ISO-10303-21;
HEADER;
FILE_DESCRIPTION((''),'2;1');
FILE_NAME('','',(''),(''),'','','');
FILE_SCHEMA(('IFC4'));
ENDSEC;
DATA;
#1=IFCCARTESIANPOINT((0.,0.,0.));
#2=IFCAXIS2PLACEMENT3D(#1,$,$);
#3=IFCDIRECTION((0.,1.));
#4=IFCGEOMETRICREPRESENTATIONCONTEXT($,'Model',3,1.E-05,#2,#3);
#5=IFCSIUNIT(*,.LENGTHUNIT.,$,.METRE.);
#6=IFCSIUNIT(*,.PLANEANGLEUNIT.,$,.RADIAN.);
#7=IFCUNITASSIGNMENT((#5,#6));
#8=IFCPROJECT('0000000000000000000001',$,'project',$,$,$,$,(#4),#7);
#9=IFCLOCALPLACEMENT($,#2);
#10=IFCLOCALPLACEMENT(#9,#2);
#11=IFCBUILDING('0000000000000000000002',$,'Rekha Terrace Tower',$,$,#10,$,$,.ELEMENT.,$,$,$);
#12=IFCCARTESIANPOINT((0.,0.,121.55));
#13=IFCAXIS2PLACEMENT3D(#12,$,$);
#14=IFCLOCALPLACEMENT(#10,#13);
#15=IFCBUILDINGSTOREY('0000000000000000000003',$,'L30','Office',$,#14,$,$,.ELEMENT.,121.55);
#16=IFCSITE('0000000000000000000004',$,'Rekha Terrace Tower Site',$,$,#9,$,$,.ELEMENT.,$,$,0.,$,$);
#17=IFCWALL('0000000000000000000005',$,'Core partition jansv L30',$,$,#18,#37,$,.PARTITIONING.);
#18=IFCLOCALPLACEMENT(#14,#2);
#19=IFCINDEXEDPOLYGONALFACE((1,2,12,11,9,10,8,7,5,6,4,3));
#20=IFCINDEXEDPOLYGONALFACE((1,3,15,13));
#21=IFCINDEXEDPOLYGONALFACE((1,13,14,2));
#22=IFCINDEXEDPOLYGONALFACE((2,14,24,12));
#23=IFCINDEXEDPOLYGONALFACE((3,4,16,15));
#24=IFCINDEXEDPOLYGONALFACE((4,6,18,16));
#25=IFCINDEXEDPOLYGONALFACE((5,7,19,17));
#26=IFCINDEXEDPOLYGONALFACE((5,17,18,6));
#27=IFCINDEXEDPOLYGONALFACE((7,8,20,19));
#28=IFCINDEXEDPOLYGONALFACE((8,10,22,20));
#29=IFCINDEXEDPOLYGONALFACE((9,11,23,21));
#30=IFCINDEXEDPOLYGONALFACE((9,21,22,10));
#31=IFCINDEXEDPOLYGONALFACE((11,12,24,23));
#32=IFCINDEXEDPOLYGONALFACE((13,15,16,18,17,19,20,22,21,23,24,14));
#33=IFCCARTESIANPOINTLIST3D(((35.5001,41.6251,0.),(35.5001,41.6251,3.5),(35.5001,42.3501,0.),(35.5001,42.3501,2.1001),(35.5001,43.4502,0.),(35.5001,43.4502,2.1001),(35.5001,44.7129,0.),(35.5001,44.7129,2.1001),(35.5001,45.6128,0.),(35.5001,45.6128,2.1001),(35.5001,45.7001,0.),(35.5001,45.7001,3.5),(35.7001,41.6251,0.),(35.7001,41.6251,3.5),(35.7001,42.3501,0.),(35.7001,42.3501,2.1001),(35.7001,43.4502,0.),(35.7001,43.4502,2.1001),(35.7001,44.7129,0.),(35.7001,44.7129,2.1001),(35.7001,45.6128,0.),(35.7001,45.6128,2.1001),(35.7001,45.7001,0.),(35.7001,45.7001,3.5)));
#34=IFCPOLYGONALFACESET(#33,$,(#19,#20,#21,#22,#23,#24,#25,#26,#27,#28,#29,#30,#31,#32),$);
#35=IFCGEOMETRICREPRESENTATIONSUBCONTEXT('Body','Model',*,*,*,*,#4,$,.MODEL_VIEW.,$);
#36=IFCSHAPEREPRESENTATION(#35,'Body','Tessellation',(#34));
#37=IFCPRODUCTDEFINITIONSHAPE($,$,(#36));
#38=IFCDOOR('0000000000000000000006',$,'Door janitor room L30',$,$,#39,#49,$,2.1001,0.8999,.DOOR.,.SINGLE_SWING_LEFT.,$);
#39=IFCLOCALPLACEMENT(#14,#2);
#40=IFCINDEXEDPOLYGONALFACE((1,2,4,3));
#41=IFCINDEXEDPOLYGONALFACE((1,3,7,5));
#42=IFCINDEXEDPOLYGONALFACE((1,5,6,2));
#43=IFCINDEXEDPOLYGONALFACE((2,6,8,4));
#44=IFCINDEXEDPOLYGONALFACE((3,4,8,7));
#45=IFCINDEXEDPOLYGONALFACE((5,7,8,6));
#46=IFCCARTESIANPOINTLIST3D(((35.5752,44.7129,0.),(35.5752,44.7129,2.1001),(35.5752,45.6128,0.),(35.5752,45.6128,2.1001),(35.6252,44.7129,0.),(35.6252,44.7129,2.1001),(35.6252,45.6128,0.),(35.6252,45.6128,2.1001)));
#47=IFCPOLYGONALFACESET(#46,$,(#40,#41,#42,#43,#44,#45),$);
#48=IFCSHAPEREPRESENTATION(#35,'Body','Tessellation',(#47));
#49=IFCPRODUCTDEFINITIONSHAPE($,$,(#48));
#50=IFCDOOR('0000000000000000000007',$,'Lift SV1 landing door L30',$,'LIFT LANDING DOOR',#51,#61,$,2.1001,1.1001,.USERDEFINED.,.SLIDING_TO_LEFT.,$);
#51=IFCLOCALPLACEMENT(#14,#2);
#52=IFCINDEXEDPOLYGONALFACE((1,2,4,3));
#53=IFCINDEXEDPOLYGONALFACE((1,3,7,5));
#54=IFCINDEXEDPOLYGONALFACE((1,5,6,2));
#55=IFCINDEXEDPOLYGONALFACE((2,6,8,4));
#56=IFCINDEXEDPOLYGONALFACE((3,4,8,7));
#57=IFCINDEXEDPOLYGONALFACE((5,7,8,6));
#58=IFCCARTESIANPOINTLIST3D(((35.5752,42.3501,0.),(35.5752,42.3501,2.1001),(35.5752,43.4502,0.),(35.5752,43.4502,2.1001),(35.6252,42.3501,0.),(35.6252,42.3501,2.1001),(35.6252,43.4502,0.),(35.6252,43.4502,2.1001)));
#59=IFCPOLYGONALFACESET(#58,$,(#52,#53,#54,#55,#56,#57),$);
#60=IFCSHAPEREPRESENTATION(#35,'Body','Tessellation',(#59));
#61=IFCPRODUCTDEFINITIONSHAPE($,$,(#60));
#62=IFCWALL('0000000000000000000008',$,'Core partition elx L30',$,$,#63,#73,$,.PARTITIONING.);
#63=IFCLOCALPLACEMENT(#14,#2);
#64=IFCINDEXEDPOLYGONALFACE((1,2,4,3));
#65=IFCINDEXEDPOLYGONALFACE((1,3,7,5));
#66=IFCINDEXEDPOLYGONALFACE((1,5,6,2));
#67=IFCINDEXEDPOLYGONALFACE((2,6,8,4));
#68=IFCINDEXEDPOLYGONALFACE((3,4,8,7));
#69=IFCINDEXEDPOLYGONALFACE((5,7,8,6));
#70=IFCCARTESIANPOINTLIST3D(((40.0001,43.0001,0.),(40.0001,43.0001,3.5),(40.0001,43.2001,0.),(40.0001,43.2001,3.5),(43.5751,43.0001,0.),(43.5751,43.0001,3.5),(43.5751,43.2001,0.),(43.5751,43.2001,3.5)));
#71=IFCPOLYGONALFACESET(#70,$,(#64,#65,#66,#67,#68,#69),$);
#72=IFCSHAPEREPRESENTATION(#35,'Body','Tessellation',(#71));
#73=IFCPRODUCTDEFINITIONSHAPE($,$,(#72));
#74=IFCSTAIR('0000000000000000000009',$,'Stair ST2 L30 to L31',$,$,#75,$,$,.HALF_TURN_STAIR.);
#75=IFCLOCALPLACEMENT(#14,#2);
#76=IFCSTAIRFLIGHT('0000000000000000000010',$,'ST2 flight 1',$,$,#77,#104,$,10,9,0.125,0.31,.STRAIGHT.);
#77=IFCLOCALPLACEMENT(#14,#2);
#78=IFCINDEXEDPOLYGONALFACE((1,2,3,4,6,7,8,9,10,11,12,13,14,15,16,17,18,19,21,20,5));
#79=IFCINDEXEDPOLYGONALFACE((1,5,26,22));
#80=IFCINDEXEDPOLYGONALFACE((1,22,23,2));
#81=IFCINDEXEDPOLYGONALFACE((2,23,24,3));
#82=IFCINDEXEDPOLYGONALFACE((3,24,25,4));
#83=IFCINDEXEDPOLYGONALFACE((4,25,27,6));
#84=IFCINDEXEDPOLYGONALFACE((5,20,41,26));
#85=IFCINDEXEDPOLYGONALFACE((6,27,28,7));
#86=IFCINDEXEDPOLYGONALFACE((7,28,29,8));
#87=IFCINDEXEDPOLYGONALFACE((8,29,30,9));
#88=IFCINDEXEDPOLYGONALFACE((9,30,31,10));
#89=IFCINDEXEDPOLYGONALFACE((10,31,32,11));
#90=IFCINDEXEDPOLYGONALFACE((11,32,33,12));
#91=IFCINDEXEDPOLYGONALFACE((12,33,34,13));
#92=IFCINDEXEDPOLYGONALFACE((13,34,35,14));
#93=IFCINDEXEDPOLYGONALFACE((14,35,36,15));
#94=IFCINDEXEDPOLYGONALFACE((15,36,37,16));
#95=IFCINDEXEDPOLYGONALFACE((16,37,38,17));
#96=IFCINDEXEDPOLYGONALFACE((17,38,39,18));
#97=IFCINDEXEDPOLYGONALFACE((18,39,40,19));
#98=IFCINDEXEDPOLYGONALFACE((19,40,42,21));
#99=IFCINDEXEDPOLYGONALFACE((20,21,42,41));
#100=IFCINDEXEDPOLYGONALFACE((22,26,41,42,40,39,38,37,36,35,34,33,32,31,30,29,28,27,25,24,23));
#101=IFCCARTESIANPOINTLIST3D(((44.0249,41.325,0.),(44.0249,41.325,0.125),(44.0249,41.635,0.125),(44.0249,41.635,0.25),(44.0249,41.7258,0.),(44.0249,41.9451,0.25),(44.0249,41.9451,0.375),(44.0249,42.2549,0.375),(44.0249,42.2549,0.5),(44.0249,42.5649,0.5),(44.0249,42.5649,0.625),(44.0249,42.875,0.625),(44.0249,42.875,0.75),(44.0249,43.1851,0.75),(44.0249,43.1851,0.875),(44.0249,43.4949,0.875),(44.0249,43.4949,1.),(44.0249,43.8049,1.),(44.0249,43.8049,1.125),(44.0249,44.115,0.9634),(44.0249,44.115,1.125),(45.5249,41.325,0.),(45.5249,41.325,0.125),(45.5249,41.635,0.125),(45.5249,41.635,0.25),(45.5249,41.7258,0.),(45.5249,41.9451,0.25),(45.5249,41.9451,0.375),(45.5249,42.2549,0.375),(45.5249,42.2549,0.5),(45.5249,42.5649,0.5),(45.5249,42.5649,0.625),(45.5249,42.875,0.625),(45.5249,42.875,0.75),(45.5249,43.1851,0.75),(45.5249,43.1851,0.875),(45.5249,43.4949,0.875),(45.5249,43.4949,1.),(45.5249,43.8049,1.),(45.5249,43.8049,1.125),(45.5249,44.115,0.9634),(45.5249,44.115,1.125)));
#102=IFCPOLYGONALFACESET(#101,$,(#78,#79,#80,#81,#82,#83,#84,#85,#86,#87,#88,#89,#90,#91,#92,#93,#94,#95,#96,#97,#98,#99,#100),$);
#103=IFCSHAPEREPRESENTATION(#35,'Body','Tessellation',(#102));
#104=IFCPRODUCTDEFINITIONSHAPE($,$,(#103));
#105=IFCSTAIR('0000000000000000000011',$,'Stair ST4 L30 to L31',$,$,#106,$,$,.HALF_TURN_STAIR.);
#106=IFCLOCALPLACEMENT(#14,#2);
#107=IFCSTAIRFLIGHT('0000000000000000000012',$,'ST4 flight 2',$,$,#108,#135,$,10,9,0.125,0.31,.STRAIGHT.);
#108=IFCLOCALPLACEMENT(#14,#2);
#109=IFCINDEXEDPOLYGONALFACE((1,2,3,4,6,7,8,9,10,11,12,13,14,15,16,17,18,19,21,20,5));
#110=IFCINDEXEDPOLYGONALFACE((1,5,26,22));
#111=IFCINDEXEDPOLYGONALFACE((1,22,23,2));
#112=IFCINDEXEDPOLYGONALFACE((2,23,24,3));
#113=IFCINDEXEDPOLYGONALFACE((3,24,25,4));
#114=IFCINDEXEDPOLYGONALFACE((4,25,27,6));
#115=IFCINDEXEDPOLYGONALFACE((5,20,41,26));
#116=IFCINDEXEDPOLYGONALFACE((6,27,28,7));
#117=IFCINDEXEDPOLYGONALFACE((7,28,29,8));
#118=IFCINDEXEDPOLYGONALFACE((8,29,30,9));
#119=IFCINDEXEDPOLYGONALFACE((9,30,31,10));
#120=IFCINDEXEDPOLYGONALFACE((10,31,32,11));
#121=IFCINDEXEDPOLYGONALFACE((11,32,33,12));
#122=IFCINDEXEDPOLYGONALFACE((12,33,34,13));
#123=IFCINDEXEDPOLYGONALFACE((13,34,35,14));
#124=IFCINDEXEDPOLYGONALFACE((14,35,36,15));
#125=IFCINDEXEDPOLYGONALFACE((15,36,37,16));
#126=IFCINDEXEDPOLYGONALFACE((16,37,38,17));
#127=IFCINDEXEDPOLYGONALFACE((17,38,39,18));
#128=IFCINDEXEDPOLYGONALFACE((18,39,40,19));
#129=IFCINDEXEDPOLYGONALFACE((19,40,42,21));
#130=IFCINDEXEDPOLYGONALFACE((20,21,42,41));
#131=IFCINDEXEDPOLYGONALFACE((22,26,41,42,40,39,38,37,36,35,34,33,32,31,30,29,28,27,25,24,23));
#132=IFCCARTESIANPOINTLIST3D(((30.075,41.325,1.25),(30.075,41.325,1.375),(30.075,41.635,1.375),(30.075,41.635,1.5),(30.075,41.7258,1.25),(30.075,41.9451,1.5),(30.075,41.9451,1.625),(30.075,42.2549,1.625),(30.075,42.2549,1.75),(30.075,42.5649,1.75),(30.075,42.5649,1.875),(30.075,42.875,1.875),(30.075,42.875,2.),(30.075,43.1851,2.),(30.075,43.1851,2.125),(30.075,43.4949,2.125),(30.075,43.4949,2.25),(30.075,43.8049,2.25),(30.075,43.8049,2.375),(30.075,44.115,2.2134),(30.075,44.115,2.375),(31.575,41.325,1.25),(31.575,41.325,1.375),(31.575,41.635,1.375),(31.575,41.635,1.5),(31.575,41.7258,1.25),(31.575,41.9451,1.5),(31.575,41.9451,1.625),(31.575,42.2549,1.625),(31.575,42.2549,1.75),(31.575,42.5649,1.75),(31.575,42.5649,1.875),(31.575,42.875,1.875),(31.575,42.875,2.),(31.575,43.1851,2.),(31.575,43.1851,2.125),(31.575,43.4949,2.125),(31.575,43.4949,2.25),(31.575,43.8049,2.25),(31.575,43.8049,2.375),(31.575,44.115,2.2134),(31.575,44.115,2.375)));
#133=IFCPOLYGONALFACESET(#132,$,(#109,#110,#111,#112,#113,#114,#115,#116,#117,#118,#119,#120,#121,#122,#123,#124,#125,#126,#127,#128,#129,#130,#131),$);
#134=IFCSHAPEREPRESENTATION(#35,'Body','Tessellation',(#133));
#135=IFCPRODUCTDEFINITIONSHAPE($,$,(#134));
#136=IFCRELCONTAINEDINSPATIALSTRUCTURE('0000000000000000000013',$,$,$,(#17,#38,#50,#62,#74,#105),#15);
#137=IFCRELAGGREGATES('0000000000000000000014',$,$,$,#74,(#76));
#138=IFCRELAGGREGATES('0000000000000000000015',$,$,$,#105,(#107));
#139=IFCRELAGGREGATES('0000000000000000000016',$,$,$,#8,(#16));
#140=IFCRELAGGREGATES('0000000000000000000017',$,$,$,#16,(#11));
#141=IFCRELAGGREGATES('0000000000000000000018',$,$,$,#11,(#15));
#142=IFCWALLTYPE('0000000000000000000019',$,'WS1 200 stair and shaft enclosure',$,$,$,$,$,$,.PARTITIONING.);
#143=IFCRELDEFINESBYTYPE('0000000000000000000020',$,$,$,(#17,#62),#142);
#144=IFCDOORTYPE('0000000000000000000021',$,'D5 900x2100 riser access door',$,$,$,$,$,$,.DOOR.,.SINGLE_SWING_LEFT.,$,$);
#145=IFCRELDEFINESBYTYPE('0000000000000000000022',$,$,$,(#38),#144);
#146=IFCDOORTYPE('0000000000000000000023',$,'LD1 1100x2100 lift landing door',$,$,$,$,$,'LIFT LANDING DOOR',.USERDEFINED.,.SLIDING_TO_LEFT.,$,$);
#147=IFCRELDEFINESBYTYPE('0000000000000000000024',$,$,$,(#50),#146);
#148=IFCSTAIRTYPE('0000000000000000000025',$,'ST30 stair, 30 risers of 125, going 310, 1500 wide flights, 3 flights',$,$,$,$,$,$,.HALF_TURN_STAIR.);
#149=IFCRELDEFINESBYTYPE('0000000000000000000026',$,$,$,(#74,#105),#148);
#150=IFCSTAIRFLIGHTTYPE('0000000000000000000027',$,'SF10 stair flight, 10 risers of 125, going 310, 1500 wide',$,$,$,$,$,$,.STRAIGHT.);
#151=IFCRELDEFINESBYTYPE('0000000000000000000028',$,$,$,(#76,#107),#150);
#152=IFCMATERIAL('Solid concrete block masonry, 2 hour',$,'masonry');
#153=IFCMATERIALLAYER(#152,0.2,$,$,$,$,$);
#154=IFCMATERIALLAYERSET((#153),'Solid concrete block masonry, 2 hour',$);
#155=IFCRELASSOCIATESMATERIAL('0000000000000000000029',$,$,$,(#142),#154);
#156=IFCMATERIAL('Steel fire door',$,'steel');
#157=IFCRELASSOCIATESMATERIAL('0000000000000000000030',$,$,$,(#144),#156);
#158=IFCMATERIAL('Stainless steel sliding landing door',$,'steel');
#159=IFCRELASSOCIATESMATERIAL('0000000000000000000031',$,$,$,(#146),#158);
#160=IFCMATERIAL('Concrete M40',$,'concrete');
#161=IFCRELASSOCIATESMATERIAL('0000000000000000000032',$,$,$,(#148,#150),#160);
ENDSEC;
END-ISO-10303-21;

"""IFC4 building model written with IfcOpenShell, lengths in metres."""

from ifc_helpers import new_model, si_unit, direction, frame, frame_2d, origin, place, context, subcontext, project, spatial, polyline, rectangle, outline, extrude, material, layer, layer_set, type_object, element, fill, aggregate, save


model = new_model("IFC4")

# Units and contexts
model_context = context("Model", 3, precision=1e-05, world=origin(), true_north=direction((0.0, 1.0)))
body_context = subcontext(model_context, "Body", "Model", "MODEL_VIEW")
ifc_project = project(units=[si_unit("LENGTHUNIT", "METRE"), si_unit("PLANEANGLEUNIT", "RADIAN")], contexts=[model_context])

# Site, building, storey
site_placement = place(None, origin())
site = spatial("IfcSite", under=ifc_project, at=site_placement, Name="Rekha Terrace Tower Site", CompositionType="ELEMENT", RefElevation=0.0)
building_placement = place(site_placement, origin())
building = spatial("IfcBuilding", under=site, at=building_placement, Name="Rekha Terrace Tower", CompositionType="ELEMENT")
storey_placement = place(building_placement, frame((0.0, 0.0, 121.55)))
storey = spatial("IfcBuildingStorey", under=building, at=storey_placement, Name="L30", Description="Office", CompositionType="ELEMENT", Elevation=121.55)

# Shared definitions
ifc_material_1 = material(Name="Stainless steel sliding landing door", Category="steel")
ifc_material_2 = material(Name="Steel fire door", Category="steel")

# Shared definitions
ifc_material_3 = material(Name="Solid concrete block masonry, 2 hour", Category="masonry")
ifc_layer_1 = layer(ifc_material_3, 0.2)
ifc_layer_set_1 = layer_set([ifc_layer_1], Name="Solid concrete block masonry, 2 hour")
wall_type_1 = type_object("IfcWallType", Name="WS1 200 stair and shaft enclosure", PredefinedType="PARTITIONING", material=ifc_layer_set_1)

# Wall, openings, doors
door_type_1 = type_object("IfcDoorType", Name="D5 900x2100 riser access door", OperationType="SINGLE_SWING_LEFT", PredefinedType="DOOR", material=ifc_material_2)
wall_1_placement = place(storey_placement, frame((35.6001, 41.625, 0.0), z_axis=(0.0, 0.0, 1.0), x_axis=(0.0, 1.0, 0.0)))
wall_1 = element("IfcWall", 1, at=wall_1_placement, inside=storey, type_object=wall_type_1, Name="Core partition jansv L30", PredefinedType="PARTITIONING", context=body_context, shape_type="SweptSolid", body=[
    extrude(rectangle(XDim=4.075, YDim=0.2, at=frame_2d((2.0376, 0.0))), origin(), (0.0, 0.0, 1.0), 3.5),
])
opening_1_placement = place(wall_1_placement, frame((3.0879, 0.0, 0.0)))
opening_1 = element("IfcOpeningElement", 2, at=opening_1_placement, cuts=wall_1, PredefinedType="OPENING", context=body_context, shape_type="SweptSolid", body=[
    extrude(rectangle(XDim=0.8999, YDim=2.1001, at=frame_2d((0.45, 1.05))), frame((0.0, 0.1099, 0.0), z_axis=(0.0, -1.0, 0.0), x_axis=(1.0, 0.0, 0.0)), (0.0, 0.0, 1.0), 0.22),
])
opening_2_placement = place(wall_1_placement, frame((0.7251, 0.0, 0.0)))
opening_2 = element("IfcOpeningElement", 3, at=opening_2_placement, cuts=wall_1, PredefinedType="OPENING", context=body_context, shape_type="SweptSolid", body=[
    extrude(rectangle(XDim=1.1001, YDim=2.1001, at=frame_2d((0.55, 1.05))), frame((0.0, 0.1099, 0.0), z_axis=(0.0, -1.0, 0.0), x_axis=(1.0, 0.0, 0.0)), (0.0, 0.0, 1.0), 0.22),
])
door_1_placement = place(opening_1_placement, origin())
door_1 = element("IfcDoor", 4, at=door_1_placement, inside=storey, type_object=door_type_1, Name="Door janitor room L30", OperationType="SINGLE_SWING_LEFT", OverallHeight=2.1001, OverallWidth=0.8999, PredefinedType="DOOR", context=body_context, shape_type="SweptSolid", body=[
    extrude(rectangle(XDim=0.8999, YDim=2.1001, at=frame_2d((0.45, 1.05))), frame((0.0, 0.0249, 0.0), z_axis=(0.0, -1.0, 0.0), x_axis=(1.0, 0.0, 0.0)), (0.0, 0.0, 1.0), 0.05),
])
fill(opening_1, door_1)
door_type_2 = type_object("IfcDoorType", Name="LD1 1100x2100 lift landing door", ElementType="LIFT LANDING DOOR", OperationType="SLIDING_TO_LEFT", PredefinedType="USERDEFINED", material=ifc_material_1)
door_2_placement = place(opening_2_placement, origin())
door_2 = element("IfcDoor", 5, at=door_2_placement, inside=storey, type_object=door_type_2, Name="Lift SV1 landing door L30", ObjectType="LIFT LANDING DOOR", OperationType="SLIDING_TO_LEFT", OverallHeight=2.1001, OverallWidth=1.1001, PredefinedType="USERDEFINED", context=body_context, shape_type="SweptSolid", body=[
    extrude(rectangle(XDim=1.1001, YDim=2.1001, at=frame_2d((0.55, 1.05))), frame((0.0, 0.0249, 0.0), z_axis=(0.0, -1.0, 0.0), x_axis=(1.0, 0.0, 0.0)), (0.0, 0.0, 1.0), 0.05),
])
fill(opening_2, door_2)

# Wall
wall_2_placement = place(storey_placement, frame((40.0, 43.1001, 0.0), z_axis=(0.0, 0.0, 1.0), x_axis=(1.0, 0.0, 0.0)))
element("IfcWall", 6, at=wall_2_placement, inside=storey, type_object=wall_type_1, Name="Core partition elx L30", PredefinedType="PARTITIONING", context=body_context, shape_type="SweptSolid", body=[
    extrude(rectangle(XDim=3.575, YDim=0.2, at=frame_2d((1.7876, 0.0))), origin(), (0.0, 0.0, 1.0), 3.5),
])

# Stairs, stair flights
ifc_material_4 = material(Name="Concrete M40", Category="concrete")
stair_type = type_object("IfcStairType", Name="ST30 stair, 30 risers of 125, going 310, 1500 wide flights, 3 flights", PredefinedType="HALF_TURN_STAIR", material=ifc_material_4)
stair_1_placement = place(storey_placement, origin())
stair_1 = element("IfcStair", 7, at=stair_1_placement, inside=storey, type_object=stair_type, Name="Stair ST2 L30 to L31", PredefinedType="HALF_TURN_STAIR")
stair_flight_type = type_object("IfcStairFlightType", Name="SF10 stair flight, 10 risers of 125, going 310, 1500 wide", PredefinedType="STRAIGHT", material=ifc_material_4)
stair_flight_1_placement = place(storey_placement, frame((44.7749, 41.325, 0.0), z_axis=(0.0, 0.0, 1.0), x_axis=(0.0, 1.0, 0.0)))
stair_flight_1 = element("IfcStairFlight", 8, at=stair_flight_1_placement, type_object=stair_flight_type, Name="ST2 flight 1", NumberOfRisers=10, NumberOfTreads=9, PredefinedType="STRAIGHT", RiserHeight=0.125, TreadLength=0.31, context=body_context, shape_type="SweptSolid", body=[
    extrude(outline(polyline([(0.0, 0.0), (0.0, 0.125), (0.3101, 0.125), (0.3101, 0.25), (0.6201, 0.25), (0.6201, 0.375), (0.9299, 0.375), (0.9299, 0.5), (1.24, 0.5), (1.24, 0.625), (1.55, 0.625), (1.55, 0.75), (1.8601, 0.75), (1.8601, 0.875), (2.1699, 0.875), (2.1699, 1.0), (2.48, 1.0), (2.48, 1.125), (2.79, 1.125), (2.79, 1.25), (2.79, 0.9634), (0.4009, 0.0), (0.0, 0.0)])), frame((0.0, 0.75, 0.0), z_axis=(0.0, -1.0, 0.0), x_axis=(1.0, 0.0, 0.0)), (0.0, 0.0, 1.0), 1.5),
])
aggregate(stair_1, [stair_flight_1])
stair_2_placement = place(storey_placement, origin())
stair_2 = element("IfcStair", 9, at=stair_2_placement, inside=storey, type_object=stair_type, Name="Stair ST4 L30 to L31", PredefinedType="HALF_TURN_STAIR")
stair_flight_2_placement = place(storey_placement, frame((30.825, 41.325, 1.25), z_axis=(0.0, 0.0, 1.0), x_axis=(0.0, 1.0, 0.0)))
stair_flight_2 = element("IfcStairFlight", 10, at=stair_flight_2_placement, type_object=stair_flight_type, Name="ST4 flight 2", NumberOfRisers=10, NumberOfTreads=9, PredefinedType="STRAIGHT", RiserHeight=0.125, TreadLength=0.31, context=body_context, shape_type="SweptSolid", body=[
    extrude(outline(polyline([(0.0, 0.0), (0.0, 0.125), (0.3101, 0.125), (0.3101, 0.25), (0.6201, 0.25), (0.6201, 0.375), (0.9299, 0.375), (0.9299, 0.5), (1.24, 0.5), (1.24, 0.625), (1.55, 0.625), (1.55, 0.75), (1.8601, 0.75), (1.8601, 0.875), (2.1699, 0.875), (2.1699, 1.0), (2.48, 1.0), (2.48, 1.125), (2.79, 1.125), (2.79, 1.25), (2.79, 0.9634), (0.4009, 0.0), (0.0, 0.0)])), frame((0.0, 0.75, 0.0), z_axis=(0.0, -1.0, 0.0), x_axis=(1.0, 0.0, 0.0)), (0.0, 0.0, 1.0), 1.5),
])
aggregate(stair_2, [stair_flight_2])

save(model, "model.ifc")
